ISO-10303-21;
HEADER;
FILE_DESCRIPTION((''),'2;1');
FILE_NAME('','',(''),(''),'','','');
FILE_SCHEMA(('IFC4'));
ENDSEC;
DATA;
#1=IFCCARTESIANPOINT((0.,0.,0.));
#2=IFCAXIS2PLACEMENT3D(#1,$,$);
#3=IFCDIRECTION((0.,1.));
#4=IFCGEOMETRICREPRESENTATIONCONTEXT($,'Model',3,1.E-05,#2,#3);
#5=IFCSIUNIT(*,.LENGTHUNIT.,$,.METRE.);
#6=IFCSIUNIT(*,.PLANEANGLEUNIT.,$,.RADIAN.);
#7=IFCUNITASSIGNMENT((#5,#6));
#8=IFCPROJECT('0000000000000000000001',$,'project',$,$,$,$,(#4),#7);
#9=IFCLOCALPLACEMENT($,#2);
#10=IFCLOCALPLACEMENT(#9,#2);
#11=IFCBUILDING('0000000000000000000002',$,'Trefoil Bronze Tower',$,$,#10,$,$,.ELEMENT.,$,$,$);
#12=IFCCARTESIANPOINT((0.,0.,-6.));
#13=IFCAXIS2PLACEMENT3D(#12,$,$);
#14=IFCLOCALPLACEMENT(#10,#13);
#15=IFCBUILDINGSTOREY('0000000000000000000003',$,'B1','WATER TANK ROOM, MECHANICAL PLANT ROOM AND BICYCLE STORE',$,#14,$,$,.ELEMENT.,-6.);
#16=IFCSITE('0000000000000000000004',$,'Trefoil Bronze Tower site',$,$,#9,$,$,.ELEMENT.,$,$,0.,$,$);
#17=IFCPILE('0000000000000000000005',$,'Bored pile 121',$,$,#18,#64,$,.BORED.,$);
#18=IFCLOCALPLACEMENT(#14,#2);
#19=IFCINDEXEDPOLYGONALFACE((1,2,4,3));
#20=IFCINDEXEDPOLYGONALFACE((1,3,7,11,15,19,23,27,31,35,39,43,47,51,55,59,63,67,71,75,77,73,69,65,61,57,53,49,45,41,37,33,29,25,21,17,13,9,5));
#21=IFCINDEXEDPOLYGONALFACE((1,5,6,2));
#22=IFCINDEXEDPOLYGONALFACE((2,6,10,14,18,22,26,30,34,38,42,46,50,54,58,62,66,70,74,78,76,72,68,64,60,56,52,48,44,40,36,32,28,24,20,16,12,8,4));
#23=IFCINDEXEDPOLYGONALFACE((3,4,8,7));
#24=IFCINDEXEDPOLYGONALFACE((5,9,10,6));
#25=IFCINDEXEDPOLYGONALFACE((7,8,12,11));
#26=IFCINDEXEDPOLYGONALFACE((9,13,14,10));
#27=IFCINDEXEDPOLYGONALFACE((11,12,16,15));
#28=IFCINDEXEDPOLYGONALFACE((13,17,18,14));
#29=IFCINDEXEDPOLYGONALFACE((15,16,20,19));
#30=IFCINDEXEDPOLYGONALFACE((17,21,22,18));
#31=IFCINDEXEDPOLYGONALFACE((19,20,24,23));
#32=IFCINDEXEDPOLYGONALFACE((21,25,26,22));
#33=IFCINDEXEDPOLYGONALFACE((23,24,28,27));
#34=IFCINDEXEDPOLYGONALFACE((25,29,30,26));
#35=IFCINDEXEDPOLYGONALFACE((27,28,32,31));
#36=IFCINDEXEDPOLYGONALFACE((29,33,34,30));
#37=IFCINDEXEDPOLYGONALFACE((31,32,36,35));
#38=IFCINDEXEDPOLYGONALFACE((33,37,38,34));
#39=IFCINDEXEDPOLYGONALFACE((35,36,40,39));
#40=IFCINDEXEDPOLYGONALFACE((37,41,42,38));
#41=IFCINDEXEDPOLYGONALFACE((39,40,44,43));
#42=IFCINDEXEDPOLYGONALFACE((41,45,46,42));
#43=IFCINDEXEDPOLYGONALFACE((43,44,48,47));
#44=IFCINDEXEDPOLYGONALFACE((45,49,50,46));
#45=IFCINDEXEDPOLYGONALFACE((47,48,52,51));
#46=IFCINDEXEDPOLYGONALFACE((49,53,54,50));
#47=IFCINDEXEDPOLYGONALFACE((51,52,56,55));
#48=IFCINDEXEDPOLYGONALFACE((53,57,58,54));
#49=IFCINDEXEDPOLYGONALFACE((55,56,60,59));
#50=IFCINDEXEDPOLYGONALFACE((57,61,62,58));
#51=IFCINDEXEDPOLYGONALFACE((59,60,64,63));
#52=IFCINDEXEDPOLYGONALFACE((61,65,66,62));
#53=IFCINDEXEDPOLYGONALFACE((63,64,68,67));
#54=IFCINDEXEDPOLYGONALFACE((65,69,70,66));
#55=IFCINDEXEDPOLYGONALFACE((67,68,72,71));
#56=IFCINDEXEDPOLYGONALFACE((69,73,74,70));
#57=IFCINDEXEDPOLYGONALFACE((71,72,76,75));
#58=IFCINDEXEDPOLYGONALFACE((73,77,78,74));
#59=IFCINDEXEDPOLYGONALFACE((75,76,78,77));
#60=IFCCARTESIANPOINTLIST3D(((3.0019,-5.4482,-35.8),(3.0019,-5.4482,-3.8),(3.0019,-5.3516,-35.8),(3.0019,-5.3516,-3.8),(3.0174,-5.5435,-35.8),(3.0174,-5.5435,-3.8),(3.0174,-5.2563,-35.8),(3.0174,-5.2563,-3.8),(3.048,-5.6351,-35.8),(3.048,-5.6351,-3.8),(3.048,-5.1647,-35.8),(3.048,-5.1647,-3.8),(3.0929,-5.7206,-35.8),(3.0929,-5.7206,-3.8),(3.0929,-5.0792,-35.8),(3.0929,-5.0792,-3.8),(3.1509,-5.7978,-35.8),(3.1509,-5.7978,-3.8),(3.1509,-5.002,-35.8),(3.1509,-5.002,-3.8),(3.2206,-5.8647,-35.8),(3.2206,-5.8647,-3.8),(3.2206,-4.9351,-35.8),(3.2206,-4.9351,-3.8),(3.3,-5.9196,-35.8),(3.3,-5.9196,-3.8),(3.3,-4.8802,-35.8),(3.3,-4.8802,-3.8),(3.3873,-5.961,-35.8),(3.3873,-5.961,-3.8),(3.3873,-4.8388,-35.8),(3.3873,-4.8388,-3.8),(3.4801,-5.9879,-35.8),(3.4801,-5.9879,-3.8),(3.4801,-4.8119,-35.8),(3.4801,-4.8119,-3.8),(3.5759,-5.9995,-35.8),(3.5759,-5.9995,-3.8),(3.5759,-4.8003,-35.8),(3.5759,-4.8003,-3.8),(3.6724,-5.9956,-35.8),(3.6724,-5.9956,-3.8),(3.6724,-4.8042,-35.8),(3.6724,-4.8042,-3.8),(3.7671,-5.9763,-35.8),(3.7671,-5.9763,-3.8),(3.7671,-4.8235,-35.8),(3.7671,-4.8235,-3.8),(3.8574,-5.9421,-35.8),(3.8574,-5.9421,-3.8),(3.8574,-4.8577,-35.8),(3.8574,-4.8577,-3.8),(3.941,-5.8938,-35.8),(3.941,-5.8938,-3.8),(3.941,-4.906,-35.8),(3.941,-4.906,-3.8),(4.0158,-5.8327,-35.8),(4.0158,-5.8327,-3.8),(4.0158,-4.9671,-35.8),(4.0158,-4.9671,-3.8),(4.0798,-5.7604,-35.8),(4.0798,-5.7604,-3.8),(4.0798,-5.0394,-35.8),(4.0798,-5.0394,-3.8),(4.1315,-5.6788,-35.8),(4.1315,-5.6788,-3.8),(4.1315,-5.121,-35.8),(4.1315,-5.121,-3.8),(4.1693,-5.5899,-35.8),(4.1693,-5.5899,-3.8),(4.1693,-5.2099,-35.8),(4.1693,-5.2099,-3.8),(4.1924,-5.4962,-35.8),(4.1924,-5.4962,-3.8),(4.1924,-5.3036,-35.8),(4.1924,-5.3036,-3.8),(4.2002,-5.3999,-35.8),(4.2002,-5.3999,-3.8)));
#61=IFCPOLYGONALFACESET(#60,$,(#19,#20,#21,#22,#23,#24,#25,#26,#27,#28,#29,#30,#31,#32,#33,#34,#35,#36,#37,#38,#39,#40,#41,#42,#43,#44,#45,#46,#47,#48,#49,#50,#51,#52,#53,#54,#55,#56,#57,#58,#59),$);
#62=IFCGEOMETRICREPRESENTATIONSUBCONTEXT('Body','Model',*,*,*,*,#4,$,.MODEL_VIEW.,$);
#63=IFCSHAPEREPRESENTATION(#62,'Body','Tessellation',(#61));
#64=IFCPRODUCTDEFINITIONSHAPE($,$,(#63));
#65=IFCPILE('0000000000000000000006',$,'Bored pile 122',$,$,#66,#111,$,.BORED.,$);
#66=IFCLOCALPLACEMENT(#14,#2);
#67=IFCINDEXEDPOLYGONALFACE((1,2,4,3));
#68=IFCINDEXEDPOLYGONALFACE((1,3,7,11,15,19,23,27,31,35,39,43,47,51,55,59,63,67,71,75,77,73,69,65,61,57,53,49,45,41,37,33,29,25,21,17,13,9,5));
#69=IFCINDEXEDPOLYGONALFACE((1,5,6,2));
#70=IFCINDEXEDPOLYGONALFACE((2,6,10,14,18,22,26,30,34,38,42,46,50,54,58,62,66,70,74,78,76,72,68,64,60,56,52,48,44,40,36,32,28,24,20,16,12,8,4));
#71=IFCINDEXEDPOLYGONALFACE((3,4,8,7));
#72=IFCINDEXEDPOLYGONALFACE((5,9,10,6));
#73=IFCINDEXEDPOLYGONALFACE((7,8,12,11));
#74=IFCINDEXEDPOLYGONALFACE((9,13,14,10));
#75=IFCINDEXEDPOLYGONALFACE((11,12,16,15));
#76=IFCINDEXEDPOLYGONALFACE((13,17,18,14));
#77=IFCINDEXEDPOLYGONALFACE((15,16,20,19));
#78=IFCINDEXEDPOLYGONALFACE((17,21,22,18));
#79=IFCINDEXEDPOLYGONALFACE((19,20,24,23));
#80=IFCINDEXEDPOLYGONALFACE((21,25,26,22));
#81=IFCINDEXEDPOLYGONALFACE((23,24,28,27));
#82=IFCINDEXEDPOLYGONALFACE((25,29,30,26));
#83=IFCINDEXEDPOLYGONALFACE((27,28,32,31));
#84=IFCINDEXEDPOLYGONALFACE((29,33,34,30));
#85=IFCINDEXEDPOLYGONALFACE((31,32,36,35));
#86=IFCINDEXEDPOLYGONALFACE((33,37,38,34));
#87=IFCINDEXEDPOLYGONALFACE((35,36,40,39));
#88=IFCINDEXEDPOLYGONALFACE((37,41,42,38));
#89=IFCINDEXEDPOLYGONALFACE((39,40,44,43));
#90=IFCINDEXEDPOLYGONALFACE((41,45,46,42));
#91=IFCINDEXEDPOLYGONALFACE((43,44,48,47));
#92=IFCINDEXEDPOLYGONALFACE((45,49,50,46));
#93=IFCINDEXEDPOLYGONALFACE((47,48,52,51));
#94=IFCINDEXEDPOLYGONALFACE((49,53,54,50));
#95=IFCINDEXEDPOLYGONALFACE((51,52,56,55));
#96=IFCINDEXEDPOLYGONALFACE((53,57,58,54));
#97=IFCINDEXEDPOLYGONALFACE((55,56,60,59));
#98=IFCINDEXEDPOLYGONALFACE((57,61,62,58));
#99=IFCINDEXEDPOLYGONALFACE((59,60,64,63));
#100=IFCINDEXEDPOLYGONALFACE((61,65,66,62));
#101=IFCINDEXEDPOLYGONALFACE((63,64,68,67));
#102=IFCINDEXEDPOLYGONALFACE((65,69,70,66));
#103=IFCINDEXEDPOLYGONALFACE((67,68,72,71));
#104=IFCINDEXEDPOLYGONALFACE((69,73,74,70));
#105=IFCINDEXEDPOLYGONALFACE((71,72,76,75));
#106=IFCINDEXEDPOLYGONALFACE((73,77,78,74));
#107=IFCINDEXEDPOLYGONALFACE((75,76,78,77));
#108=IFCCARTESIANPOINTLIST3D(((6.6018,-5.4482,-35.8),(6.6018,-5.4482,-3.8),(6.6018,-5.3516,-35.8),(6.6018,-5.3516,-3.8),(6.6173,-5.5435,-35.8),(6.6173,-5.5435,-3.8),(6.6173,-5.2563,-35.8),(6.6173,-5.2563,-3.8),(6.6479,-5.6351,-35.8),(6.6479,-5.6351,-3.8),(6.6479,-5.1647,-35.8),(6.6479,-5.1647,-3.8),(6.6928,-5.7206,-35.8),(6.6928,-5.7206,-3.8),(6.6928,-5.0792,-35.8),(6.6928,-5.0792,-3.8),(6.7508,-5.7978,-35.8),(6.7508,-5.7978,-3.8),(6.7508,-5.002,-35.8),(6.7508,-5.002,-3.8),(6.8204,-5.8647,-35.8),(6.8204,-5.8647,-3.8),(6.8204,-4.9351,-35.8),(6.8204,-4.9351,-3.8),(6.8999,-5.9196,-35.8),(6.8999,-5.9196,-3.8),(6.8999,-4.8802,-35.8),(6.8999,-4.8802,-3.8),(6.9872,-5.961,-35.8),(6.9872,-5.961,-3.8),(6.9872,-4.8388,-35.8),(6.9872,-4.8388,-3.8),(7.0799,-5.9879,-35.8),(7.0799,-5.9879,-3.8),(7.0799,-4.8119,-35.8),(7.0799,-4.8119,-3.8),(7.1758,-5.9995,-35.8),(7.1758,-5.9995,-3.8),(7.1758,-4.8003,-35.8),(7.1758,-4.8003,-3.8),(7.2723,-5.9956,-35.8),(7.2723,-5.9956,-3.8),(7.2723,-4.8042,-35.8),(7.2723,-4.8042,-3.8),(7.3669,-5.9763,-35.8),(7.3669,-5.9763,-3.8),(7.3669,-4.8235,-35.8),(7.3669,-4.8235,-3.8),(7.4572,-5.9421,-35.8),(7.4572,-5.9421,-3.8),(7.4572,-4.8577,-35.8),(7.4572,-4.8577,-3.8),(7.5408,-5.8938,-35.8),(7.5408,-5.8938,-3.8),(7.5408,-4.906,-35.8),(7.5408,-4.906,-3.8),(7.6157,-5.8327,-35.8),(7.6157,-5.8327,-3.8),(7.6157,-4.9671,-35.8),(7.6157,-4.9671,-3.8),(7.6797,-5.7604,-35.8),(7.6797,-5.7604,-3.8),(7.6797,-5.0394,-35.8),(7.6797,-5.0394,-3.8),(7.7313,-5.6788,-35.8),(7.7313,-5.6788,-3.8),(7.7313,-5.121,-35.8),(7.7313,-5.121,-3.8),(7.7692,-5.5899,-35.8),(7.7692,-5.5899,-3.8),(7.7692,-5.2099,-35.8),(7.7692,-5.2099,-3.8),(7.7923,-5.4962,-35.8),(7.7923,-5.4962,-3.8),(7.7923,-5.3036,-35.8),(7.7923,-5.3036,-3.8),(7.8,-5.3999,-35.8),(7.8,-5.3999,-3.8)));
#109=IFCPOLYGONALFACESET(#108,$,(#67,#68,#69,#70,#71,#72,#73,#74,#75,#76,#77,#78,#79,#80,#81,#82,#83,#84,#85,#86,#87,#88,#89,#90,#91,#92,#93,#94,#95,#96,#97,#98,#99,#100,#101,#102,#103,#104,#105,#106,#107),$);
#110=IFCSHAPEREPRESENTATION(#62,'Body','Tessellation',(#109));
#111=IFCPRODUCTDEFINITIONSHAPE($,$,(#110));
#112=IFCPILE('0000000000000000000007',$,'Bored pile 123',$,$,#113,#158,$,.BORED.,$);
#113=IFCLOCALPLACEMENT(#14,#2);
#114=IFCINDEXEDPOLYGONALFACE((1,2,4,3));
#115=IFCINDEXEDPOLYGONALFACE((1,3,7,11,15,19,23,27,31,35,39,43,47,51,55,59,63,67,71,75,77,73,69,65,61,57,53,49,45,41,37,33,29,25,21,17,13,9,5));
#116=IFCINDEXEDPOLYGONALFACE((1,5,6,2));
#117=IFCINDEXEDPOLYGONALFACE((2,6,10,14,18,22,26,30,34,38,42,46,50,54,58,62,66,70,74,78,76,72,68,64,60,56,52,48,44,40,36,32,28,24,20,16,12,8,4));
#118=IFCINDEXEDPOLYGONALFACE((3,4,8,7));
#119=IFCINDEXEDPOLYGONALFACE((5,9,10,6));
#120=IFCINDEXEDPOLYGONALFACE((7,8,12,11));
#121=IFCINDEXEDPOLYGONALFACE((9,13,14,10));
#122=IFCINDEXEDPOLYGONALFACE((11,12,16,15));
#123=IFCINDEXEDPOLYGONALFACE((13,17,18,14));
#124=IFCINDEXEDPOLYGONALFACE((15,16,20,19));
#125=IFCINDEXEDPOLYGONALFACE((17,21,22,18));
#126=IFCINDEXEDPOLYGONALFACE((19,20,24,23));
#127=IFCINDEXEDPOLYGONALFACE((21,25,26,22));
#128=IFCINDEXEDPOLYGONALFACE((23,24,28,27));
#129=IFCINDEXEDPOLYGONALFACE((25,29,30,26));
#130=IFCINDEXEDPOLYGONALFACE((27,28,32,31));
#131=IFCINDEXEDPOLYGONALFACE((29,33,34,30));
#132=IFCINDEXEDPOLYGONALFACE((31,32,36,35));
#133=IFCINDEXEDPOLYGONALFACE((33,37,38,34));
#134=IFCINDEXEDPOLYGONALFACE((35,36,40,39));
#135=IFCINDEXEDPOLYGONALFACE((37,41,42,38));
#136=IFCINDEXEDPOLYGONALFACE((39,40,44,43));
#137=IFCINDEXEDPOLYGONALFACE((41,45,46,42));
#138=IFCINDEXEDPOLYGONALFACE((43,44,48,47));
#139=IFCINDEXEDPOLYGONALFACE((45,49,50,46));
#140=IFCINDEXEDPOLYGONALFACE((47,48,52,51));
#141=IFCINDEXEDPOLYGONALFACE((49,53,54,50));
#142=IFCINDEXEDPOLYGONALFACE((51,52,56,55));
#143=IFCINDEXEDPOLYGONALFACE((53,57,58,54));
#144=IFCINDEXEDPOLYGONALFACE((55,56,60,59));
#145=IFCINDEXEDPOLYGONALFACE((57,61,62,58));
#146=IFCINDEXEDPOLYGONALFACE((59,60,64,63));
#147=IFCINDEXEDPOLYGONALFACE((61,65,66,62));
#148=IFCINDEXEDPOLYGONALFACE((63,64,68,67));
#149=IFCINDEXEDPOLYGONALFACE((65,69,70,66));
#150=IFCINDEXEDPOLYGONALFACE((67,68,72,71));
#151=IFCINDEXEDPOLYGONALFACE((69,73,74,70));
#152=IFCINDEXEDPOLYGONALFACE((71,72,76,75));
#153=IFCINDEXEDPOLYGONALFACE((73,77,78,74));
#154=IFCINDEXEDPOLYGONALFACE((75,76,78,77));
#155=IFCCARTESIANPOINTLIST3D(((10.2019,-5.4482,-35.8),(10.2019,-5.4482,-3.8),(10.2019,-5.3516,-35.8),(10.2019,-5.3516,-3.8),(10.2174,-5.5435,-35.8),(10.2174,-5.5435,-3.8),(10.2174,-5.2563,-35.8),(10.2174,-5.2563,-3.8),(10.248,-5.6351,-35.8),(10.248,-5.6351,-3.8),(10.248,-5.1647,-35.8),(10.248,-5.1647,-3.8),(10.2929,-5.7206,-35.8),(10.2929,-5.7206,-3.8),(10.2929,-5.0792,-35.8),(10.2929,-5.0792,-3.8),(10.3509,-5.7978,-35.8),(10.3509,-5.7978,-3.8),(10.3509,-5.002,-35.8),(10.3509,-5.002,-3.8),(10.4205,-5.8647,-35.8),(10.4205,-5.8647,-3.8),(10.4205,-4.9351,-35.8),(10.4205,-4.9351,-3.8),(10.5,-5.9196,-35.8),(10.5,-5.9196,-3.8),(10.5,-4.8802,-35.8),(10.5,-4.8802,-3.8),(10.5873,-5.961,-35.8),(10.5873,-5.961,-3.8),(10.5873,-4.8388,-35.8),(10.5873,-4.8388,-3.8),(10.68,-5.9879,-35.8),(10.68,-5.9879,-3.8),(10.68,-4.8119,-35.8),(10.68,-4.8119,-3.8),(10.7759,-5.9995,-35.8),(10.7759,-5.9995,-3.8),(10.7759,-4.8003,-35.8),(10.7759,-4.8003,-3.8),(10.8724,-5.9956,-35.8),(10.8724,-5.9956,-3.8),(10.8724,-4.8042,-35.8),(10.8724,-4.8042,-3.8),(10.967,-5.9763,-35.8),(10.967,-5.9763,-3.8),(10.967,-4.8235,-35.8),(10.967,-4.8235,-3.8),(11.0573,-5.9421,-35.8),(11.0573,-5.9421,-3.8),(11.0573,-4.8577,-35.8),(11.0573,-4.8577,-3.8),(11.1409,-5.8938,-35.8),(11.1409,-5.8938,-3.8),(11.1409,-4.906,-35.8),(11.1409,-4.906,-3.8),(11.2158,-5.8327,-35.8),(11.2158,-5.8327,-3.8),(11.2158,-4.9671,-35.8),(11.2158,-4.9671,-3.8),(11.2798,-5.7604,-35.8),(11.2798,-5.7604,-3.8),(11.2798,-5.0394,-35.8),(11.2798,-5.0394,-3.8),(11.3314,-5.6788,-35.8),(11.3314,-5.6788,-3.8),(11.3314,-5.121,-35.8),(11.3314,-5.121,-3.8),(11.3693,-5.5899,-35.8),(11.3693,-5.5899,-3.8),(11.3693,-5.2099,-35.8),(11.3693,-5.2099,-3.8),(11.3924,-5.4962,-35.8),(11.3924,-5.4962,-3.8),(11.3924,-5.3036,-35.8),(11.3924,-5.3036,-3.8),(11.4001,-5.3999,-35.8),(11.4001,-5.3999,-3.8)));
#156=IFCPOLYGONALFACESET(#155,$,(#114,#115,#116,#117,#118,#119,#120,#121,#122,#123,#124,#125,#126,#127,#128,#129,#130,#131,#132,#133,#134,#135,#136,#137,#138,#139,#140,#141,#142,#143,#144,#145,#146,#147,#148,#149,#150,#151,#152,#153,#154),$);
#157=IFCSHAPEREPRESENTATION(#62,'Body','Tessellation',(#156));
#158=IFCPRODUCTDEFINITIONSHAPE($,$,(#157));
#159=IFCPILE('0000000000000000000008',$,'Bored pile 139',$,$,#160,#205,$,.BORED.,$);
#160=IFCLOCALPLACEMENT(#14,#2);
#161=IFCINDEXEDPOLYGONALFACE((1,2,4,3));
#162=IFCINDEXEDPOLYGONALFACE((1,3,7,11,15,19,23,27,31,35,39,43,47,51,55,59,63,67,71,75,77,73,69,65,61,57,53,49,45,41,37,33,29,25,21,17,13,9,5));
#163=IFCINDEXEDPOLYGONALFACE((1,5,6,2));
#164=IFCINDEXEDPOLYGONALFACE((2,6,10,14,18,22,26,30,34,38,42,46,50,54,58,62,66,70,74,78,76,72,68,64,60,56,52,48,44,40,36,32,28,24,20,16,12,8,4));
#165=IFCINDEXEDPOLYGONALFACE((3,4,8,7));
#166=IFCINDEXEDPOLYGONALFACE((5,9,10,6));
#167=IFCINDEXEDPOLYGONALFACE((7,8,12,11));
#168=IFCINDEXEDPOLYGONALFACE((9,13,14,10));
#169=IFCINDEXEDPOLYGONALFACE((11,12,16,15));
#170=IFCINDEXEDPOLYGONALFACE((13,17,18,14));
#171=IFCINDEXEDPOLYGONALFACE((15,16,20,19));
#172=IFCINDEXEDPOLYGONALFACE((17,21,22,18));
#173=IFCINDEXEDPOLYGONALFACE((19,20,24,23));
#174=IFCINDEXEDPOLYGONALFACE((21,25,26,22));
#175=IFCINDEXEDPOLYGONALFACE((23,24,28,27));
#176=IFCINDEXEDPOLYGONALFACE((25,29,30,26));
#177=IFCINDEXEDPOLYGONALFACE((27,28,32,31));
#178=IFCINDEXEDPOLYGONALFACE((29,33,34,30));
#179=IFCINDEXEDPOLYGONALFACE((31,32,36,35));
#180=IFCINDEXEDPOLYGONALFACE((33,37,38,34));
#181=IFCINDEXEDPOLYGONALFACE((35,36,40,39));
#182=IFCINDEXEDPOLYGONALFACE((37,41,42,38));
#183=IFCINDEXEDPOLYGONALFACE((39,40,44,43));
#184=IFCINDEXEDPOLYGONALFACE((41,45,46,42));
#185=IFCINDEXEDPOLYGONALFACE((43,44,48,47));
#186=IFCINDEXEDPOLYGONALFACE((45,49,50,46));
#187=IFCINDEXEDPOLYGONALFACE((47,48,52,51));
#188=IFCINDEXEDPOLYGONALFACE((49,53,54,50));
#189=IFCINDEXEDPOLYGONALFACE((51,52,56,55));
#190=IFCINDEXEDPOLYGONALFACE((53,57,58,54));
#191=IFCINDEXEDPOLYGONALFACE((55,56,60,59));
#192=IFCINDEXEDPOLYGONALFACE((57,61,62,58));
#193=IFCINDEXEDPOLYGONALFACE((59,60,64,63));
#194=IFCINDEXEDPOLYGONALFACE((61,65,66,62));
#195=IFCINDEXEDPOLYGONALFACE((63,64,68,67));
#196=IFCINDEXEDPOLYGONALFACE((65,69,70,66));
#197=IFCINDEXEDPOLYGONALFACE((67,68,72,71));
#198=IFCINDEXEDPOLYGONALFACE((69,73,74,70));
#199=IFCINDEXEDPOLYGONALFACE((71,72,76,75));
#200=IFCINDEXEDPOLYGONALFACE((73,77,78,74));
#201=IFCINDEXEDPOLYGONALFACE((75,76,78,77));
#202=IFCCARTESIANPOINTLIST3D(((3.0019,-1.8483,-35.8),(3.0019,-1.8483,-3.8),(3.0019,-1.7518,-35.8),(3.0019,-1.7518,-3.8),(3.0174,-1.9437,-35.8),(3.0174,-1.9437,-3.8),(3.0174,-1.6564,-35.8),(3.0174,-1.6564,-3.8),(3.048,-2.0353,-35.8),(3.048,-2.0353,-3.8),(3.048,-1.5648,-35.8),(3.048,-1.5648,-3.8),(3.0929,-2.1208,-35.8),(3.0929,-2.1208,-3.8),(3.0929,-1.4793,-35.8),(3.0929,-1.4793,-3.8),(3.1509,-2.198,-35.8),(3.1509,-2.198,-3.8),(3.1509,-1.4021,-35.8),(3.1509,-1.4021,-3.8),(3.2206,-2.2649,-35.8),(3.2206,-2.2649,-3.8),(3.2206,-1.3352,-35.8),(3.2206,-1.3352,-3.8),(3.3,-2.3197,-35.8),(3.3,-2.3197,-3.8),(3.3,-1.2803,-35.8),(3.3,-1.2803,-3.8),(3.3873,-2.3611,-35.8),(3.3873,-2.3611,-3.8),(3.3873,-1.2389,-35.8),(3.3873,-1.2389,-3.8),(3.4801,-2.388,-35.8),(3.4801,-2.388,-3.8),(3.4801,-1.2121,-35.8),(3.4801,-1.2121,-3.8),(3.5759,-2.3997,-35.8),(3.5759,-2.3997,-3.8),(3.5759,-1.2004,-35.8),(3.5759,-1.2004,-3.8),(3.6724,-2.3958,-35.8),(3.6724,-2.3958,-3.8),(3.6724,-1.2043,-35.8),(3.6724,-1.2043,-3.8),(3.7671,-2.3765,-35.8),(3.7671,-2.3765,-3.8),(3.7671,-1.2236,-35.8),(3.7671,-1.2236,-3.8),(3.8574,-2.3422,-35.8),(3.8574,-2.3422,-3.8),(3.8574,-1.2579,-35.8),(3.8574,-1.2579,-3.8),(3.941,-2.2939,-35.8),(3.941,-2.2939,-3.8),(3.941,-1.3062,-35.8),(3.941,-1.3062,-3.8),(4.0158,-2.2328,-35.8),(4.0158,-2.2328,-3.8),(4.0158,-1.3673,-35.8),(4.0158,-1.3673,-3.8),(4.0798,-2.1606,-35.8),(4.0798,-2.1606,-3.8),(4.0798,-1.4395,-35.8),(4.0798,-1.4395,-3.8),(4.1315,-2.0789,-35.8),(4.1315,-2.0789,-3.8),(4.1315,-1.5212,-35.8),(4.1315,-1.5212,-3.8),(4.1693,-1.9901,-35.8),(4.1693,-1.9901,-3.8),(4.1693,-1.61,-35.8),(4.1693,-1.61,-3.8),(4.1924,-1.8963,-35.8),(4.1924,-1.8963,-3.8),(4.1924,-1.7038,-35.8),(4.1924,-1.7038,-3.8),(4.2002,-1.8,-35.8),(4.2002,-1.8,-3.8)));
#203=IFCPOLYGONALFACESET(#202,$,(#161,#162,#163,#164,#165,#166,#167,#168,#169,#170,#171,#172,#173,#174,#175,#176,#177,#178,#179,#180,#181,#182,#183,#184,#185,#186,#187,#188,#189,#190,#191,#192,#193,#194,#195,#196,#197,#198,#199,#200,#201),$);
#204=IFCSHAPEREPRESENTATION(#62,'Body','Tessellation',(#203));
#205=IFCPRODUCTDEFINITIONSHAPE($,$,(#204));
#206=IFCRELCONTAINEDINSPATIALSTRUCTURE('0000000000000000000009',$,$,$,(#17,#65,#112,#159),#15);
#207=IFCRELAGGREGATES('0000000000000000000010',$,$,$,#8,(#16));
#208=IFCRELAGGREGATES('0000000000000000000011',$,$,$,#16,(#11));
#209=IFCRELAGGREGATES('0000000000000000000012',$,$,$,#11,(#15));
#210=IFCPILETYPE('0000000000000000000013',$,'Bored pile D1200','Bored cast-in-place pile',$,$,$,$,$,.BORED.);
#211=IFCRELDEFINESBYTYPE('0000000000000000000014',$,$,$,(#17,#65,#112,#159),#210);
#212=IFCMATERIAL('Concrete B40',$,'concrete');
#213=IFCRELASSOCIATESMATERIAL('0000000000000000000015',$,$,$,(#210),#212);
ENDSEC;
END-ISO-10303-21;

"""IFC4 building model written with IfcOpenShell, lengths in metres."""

from ifc_helpers import new_model, si_unit, direction, frame, origin, origin_2d, place, context, subcontext, project, spatial, circle, extrude, material, type_object, element, save


model = new_model("IFC4")

# Units and contexts
model_context = context("Model", 3, precision=1e-05, world=origin(), true_north=direction((0.0, 1.0)))
body_context = subcontext(model_context, "Body", "Model", "MODEL_VIEW")
ifc_project = project(units=[si_unit("LENGTHUNIT", "METRE"), si_unit("PLANEANGLEUNIT", "RADIAN")], contexts=[model_context])

# Site, building, storey
site_placement = place(None, origin())
site = spatial("IfcSite", under=ifc_project, at=site_placement, Name="Trefoil Bronze Tower site", CompositionType="ELEMENT", RefElevation=0.0)
building_placement = place(site_placement, origin())
building = spatial("IfcBuilding", under=site, at=building_placement, Name="Trefoil Bronze Tower", CompositionType="ELEMENT")
storey_placement = place(building_placement, frame((0.0, 0.0, -6.0)))
storey = spatial("IfcBuildingStorey", under=building, at=storey_placement, Name="B1", Description="WATER TANK ROOM, MECHANICAL PLANT ROOM AND BICYCLE STORE", CompositionType="ELEMENT", Elevation=-6.0)

# Piles
ifc_material_1 = material(Name="Concrete B40", Category="concrete")
pile_type = type_object("IfcPileType", Name="Bored pile D1200", Description="Bored cast-in-place pile", PredefinedType="BORED", material=ifc_material_1)
for number, where, z_axis, x_axis, name in (
    (1, (3.6001, -5.3999, -3.8), (0.0, 0.0, -1.0), (1.0, 0.0, 0.0), "Bored pile 121"),
    (2, (7.2, -5.3999, -3.8), (0.0, 0.0, -1.0), (1.0, 0.0, 0.0), "Bored pile 122"),
    (3, (10.8, -5.3999, -3.8), (0.0, 0.0, -1.0), (1.0, 0.0, 0.0), "Bored pile 123"),
    (4, (3.6001, -1.8, -3.8), (0.0, 0.0, -1.0), (1.0, 0.0, 0.0), "Bored pile 139"),
):
    element("IfcPile", number, at=place(storey_placement, frame(where, z_axis=z_axis, x_axis=x_axis)), inside=storey, type_object=pile_type, Name=name, PredefinedType="BORED", context=body_context, shape_type="SweptSolid", body=[
        extrude(circle(Radius=0.6001, at=origin_2d()), origin(), (0.0, 0.0, 1.0), 32.0),
    ])

save(model, "model.ifc")
